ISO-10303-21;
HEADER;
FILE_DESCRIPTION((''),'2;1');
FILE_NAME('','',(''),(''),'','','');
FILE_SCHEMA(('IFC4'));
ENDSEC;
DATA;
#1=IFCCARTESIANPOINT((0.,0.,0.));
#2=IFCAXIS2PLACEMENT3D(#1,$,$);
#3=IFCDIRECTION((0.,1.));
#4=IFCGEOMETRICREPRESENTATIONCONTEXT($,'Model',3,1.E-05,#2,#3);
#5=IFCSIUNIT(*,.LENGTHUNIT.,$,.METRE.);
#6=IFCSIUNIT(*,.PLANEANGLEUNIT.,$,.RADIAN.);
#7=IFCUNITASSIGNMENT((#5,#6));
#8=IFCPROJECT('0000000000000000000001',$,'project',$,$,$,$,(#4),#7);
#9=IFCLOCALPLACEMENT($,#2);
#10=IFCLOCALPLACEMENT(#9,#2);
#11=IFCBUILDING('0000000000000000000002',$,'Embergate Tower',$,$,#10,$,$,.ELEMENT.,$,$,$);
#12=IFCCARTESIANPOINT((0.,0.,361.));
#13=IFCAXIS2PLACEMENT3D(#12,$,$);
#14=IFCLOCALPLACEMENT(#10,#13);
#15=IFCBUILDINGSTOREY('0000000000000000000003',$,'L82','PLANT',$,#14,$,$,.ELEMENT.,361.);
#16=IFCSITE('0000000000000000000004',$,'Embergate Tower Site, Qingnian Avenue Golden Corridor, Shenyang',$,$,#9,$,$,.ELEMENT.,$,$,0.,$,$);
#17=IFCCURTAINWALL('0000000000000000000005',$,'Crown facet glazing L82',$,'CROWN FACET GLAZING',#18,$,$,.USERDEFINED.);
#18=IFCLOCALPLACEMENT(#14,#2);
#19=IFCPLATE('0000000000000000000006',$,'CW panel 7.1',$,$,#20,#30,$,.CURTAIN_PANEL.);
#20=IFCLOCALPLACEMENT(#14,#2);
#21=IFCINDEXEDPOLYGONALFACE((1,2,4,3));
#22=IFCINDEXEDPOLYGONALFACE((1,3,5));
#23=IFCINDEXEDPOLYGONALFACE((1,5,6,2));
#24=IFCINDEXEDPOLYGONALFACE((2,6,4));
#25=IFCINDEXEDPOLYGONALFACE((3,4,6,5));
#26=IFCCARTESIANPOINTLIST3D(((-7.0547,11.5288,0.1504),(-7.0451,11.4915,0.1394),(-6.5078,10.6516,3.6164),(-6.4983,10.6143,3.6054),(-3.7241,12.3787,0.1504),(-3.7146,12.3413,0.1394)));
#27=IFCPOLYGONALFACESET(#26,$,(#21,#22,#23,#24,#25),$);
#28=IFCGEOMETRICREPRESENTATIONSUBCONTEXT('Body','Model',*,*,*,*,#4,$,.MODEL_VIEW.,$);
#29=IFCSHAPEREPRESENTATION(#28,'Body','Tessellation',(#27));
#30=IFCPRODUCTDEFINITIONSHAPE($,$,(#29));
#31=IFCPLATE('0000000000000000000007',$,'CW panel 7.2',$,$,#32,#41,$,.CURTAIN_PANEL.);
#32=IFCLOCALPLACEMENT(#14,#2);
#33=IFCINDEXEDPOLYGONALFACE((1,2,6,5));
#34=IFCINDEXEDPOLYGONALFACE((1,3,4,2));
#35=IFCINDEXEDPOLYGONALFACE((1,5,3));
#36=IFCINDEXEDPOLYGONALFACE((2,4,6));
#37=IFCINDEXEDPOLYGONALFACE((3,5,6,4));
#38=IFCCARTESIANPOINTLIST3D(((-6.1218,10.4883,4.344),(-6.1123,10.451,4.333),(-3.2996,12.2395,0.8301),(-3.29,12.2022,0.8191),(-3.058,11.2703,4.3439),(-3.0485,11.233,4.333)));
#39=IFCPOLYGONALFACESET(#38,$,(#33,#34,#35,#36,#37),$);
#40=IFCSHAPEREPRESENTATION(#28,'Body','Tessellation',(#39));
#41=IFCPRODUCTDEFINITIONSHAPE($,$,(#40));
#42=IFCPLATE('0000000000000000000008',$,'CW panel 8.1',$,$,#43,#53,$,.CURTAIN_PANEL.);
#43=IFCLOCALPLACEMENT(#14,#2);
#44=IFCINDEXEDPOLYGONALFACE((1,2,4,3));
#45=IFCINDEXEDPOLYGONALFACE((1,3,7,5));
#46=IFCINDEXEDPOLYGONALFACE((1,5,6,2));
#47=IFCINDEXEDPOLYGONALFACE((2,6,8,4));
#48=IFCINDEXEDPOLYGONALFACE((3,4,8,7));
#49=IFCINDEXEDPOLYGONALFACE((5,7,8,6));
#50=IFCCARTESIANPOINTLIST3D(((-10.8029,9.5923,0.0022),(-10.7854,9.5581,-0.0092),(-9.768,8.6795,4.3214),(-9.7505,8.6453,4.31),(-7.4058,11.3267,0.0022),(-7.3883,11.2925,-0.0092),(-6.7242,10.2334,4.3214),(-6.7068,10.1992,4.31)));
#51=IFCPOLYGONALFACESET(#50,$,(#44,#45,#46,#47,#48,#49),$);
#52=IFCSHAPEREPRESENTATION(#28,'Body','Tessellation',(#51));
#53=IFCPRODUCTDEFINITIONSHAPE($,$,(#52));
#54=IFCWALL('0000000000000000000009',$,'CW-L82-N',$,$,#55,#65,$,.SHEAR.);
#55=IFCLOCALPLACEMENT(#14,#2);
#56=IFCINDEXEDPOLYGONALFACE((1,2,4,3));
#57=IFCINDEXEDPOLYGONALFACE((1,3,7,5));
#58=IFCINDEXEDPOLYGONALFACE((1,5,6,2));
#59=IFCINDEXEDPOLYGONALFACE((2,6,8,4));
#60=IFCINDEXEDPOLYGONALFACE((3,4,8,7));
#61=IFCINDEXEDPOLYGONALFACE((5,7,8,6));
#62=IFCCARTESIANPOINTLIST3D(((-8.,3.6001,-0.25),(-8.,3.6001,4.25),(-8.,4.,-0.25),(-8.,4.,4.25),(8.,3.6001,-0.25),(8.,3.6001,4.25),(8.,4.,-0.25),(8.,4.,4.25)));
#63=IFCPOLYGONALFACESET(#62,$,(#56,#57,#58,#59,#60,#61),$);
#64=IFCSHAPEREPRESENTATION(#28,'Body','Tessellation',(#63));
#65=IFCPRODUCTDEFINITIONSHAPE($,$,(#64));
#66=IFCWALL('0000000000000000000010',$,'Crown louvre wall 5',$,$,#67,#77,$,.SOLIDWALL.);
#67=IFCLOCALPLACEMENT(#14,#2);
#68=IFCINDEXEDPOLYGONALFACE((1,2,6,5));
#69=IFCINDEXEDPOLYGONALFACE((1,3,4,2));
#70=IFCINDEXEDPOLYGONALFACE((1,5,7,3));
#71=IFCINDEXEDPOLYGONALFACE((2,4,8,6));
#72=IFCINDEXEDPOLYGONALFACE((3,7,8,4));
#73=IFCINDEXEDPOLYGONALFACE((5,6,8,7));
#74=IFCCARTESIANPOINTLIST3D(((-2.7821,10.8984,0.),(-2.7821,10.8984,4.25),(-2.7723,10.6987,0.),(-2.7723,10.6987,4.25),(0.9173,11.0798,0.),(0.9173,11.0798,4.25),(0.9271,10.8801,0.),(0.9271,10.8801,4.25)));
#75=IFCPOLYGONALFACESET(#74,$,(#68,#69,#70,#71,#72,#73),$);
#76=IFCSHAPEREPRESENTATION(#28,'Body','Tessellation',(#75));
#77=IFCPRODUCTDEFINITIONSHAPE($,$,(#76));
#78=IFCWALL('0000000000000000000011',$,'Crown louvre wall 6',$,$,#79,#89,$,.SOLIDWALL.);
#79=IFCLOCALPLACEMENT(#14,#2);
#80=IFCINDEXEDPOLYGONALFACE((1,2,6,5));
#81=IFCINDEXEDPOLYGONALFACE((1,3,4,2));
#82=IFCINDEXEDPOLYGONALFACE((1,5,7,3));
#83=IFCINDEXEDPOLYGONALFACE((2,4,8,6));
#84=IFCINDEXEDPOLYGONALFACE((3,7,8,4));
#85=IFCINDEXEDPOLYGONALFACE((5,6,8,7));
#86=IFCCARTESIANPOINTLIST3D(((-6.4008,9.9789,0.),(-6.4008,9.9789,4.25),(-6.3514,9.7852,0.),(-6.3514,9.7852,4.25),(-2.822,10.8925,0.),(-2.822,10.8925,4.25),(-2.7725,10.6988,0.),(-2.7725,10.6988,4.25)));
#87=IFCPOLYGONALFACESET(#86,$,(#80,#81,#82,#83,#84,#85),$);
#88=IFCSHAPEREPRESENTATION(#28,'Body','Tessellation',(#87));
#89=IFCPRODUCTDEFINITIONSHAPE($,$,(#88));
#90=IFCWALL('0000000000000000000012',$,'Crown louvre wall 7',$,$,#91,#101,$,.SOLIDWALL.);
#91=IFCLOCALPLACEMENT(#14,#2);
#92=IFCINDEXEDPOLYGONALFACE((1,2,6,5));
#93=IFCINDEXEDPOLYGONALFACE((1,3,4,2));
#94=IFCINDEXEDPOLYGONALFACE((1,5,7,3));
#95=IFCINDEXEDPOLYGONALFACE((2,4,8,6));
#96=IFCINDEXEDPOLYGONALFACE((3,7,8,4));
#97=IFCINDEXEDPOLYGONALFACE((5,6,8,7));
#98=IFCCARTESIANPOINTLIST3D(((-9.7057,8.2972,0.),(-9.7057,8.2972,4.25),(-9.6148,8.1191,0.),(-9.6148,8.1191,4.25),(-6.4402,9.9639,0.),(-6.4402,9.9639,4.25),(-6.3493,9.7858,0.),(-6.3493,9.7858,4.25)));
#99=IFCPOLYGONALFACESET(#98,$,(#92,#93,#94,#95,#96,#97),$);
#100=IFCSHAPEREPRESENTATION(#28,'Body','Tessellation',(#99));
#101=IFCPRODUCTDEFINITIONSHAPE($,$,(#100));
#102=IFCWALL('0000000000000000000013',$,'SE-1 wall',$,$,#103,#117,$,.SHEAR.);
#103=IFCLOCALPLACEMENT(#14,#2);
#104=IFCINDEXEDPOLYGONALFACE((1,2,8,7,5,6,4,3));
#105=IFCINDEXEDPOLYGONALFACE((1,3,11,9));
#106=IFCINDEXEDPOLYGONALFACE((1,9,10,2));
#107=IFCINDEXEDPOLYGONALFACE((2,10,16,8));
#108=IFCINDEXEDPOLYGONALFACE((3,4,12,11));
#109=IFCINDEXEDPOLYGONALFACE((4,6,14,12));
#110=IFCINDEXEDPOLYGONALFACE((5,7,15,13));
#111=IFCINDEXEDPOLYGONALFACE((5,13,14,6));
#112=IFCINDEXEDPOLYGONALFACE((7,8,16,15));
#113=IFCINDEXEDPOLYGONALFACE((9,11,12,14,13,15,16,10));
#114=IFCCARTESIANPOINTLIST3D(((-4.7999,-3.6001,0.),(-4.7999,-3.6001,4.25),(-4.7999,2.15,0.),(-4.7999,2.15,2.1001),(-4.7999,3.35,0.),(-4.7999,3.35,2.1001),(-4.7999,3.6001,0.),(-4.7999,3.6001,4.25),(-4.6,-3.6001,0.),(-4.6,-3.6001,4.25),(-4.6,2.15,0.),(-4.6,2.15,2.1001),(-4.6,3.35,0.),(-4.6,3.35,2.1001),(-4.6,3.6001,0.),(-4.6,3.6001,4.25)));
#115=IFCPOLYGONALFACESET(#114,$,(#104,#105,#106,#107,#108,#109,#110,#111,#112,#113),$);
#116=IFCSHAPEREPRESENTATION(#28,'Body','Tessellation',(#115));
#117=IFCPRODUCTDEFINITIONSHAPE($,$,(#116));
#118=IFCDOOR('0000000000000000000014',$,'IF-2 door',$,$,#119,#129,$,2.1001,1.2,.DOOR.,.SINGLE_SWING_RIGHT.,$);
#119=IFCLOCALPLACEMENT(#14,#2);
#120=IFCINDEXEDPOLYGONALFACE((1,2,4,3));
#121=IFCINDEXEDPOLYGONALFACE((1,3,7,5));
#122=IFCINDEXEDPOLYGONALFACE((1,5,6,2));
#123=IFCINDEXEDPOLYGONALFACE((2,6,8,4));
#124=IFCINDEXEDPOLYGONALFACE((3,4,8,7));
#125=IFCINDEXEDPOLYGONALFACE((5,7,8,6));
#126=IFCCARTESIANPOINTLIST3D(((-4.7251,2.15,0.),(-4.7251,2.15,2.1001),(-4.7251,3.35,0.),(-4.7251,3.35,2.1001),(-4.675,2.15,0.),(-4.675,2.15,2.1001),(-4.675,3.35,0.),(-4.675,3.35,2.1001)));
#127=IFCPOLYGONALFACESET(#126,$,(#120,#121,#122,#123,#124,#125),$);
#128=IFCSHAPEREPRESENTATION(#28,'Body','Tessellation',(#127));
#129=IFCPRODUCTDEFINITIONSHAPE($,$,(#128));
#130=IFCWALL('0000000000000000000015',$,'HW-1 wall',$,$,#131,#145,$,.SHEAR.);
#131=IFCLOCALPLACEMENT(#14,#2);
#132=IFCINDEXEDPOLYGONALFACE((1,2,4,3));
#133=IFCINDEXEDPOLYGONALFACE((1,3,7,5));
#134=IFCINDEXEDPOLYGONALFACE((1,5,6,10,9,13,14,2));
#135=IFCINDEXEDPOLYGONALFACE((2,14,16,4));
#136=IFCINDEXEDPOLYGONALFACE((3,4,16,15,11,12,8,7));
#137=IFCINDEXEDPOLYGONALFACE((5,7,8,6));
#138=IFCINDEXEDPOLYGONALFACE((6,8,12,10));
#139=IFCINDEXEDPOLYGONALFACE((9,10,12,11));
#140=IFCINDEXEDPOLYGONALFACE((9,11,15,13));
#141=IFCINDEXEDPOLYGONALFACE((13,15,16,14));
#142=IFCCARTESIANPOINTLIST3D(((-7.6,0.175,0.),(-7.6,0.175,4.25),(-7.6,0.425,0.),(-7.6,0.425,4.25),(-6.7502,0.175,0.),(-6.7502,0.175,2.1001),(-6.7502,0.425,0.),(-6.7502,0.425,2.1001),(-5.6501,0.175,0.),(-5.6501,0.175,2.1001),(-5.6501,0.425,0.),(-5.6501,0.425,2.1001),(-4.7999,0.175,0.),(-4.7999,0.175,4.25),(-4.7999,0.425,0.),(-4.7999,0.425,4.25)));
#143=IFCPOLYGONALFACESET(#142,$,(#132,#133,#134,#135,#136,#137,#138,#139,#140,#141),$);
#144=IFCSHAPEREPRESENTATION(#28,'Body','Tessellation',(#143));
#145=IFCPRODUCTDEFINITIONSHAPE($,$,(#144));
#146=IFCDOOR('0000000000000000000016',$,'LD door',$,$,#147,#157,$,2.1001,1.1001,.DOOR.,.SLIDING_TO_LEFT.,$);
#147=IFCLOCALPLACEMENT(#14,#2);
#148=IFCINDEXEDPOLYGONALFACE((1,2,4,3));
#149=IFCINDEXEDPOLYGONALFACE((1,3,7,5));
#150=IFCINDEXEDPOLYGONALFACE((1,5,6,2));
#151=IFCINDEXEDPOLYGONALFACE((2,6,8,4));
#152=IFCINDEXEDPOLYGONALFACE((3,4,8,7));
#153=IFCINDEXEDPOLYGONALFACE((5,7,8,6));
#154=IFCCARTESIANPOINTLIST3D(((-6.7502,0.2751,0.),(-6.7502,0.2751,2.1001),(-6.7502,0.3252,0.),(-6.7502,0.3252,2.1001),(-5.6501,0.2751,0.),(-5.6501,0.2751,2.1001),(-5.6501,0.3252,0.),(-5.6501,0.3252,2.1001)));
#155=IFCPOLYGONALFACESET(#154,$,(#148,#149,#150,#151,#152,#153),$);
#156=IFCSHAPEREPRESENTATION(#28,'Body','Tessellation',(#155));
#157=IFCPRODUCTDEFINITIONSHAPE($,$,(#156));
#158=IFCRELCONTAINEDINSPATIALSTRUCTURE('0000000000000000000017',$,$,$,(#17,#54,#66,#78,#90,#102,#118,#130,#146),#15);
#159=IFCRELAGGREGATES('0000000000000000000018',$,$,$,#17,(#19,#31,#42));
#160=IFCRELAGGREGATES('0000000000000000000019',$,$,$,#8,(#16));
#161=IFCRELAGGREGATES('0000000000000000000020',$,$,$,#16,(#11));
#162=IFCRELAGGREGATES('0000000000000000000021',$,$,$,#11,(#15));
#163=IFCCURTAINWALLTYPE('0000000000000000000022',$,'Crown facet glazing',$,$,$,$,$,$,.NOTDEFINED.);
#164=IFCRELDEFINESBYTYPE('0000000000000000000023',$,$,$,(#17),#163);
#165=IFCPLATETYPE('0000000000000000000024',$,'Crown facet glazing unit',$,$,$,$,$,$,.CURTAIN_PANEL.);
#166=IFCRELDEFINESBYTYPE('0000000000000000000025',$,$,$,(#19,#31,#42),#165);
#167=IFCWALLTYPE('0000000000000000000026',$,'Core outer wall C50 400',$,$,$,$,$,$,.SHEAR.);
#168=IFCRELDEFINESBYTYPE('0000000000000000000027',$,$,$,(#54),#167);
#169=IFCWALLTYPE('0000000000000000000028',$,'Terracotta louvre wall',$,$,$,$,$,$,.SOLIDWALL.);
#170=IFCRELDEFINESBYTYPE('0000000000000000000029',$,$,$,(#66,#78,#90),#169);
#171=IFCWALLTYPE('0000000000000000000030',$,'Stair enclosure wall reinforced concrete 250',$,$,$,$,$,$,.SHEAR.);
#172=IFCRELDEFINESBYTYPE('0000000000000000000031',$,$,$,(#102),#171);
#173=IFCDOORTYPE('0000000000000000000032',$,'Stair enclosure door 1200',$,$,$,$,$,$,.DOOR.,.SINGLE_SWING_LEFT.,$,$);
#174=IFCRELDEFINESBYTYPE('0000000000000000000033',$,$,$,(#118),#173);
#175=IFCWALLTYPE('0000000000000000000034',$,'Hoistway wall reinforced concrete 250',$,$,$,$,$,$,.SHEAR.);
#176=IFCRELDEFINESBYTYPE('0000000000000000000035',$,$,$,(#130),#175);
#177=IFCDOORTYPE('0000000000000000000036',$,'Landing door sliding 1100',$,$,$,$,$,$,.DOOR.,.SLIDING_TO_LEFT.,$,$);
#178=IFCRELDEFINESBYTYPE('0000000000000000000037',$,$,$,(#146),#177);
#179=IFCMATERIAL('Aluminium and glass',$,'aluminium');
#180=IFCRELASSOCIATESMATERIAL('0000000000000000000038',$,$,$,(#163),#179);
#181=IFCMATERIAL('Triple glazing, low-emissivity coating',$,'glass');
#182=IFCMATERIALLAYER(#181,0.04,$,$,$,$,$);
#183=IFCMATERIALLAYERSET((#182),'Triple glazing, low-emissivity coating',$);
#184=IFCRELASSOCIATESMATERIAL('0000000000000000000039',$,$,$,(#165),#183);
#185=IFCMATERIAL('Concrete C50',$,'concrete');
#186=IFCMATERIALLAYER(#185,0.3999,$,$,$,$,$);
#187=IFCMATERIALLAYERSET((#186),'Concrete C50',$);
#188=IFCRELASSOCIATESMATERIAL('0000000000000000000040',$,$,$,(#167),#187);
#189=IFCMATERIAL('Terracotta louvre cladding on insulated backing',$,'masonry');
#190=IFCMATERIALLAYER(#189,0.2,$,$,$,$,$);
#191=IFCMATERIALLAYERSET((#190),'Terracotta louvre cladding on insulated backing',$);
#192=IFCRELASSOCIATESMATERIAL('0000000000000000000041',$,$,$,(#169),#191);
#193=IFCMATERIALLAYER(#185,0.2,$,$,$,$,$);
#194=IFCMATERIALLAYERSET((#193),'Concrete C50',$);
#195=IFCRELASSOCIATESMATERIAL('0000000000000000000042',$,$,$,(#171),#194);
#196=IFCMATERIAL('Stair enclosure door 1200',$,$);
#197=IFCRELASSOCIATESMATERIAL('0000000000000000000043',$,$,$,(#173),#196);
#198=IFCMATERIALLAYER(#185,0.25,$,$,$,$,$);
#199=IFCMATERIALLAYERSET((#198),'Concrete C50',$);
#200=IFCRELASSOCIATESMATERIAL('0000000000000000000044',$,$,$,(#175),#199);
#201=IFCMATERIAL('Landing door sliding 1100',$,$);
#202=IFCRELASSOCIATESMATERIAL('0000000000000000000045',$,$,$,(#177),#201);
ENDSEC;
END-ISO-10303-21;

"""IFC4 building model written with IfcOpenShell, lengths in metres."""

from ifc_helpers import new_model, si_unit, direction, frame, frame_2d, origin, place, context, subcontext, project, spatial, polyline, rectangle, outline, extrude, source, transform, mapped, material, layer, layer_set, type_object, element, fill, aggregate, save


model = new_model("IFC4")

# Units and contexts
model_context = context("Model", 3, precision=1e-05, world=origin(), true_north=direction((0.0, 1.0)))
body_context = subcontext(model_context, "Body", "Model", "MODEL_VIEW")
ifc_project = project(units=[si_unit("LENGTHUNIT", "METRE"), si_unit("PLANEANGLEUNIT", "RADIAN")], contexts=[model_context])

# Site, building, storey
site_placement = place(None, origin())
site = spatial("IfcSite", under=ifc_project, at=site_placement, Name="Embergate Tower Site, Qingnian Avenue Golden Corridor, Shenyang", CompositionType="ELEMENT", RefElevation=0.0)
building_placement = place(site_placement, origin())
building = spatial("IfcBuilding", under=site, at=building_placement, Name="Embergate Tower", CompositionType="ELEMENT")
storey_placement = place(building_placement, frame((0.0, 0.0, 361.0)))
storey = spatial("IfcBuildingStorey", under=building, at=storey_placement, Name="L82", Description="PLANT", CompositionType="ELEMENT", Elevation=361.0)

# Curtain wall, plates
ifc_material_1 = material(Name="Aluminium and glass", Category="aluminium")
curtain_wall_type = type_object("IfcCurtainWallType", Name="Crown facet glazing", PredefinedType="NOTDEFINED", material=ifc_material_1)
curtain_wall_placement = place(storey_placement, origin())
curtain_wall = element("IfcCurtainWall", 1, at=curtain_wall_placement, inside=storey, type_object=curtain_wall_type, Name="Crown facet glazing L82", ObjectType="CROWN FACET GLAZING", PredefinedType="USERDEFINED")
ifc_material_2 = material(Name="Triple glazing, low-emissivity coating", Category="glass")
ifc_layer_1 = layer(ifc_material_2, 0.04)
ifc_layer_set_1 = layer_set([ifc_layer_1], Name="Triple glazing, low-emissivity coating")
plate_type = type_object("IfcPlateType", Name="Crown facet glazing unit", PredefinedType="CURTAIN_PANEL", material=ifc_layer_set_1)
shared_shape_1 = source(origin(), body_context, "Body", "SweptSolid", [
    extrude(outline(polyline([(0.0, 0.0), (3.4373, 0.0), (3.1243, 3.6033), (0.0, 0.0)])), origin(), (0.0, 0.0, -1.0), 0.04),
])
plate_1_placement = place(storey_placement, frame((-3.7241, 12.3787, 0.1504), z_axis=(-0.237825, 0.932035, 0.273405), x_axis=(-0.968953, -0.247246, 0.0)))
plate_1 = element("IfcPlate", 2, at=plate_1_placement, type_object=plate_type, Name="CW panel 7.1", PredefinedType="CURTAIN_PANEL", context=body_context, shape_type="MappedRepresentation", body=[
    mapped(shared_shape_1, transform((0.0, 0.0, 0.0))),
])
shared_shape_2 = source(origin(), body_context, "Body", "SweptSolid", [
    extrude(outline(polyline([(0.0, 0.0), (4.8352, 0.0), (2.7637, 2.3889), (0.0, 0.0)])), origin(), (0.0, 0.0, -1.0), 0.04),
])
plate_2_placement = place(storey_placement, frame((-3.2996, 12.2395, 0.8301), z_axis=(-0.237887, 0.932014, 0.273422), x_axis=(-0.583687, -0.362179, 0.72673)))
plate_2 = element("IfcPlate", 3, at=plate_2_placement, type_object=plate_type, Name="CW panel 7.2", PredefinedType="CURTAIN_PANEL", context=body_context, shape_type="MappedRepresentation", body=[
    mapped(shared_shape_2, transform((0.0, 0.0, 0.0))),
])
shared_shape_3 = source(origin(), body_context, "Body", "SweptSolid", [
    extrude(outline(polyline([(0.0, 0.0), (3.8142, 0.0), (3.3076, 4.5059), (-0.1099, 4.5059), (0.0, 0.0)])), origin(), (0.0, 0.0, -1.0), 0.04),
])
plate_3_placement = place(storey_placement, frame((-7.4058, 11.3267, 0.0022), z_axis=(-0.435866, 0.853739, 0.284871), x_axis=(-0.890641, -0.454708, 0.000006)))
plate_3 = element("IfcPlate", 4, at=plate_3_placement, type_object=plate_type, Name="CW panel 8.1", PredefinedType="CURTAIN_PANEL", context=body_context, shape_type="MappedRepresentation", body=[
    mapped(shared_shape_3, transform((0.0, 0.0, 0.0))),
])
aggregate(curtain_wall, [plate_1, plate_2, plate_3])

# Walls
ifc_material_3 = material(Name="Concrete C50", Category="concrete")
ifc_layer_2 = layer(ifc_material_3, 0.3999)
ifc_layer_set_2 = layer_set([ifc_layer_2], Name="Concrete C50")
wall_type_1 = type_object("IfcWallType", Name="Core outer wall C50 400", PredefinedType="SHEAR", material=ifc_layer_set_2)
shared_shape_4 = source(origin(), body_context, "Body", "SweptSolid", [
    extrude(rectangle(XDim=16.0, YDim=0.3999, at=frame_2d((8.0, 0.0))), origin(), (0.0, 0.0, 1.0), 4.5),
])
wall_1_placement = place(storey_placement, frame((-8.0, 3.8, -0.25), z_axis=(0.0, 0.0, 1.0), x_axis=(1.0, 0.0, 0.0)))
element("IfcWall", 5, at=wall_1_placement, inside=storey, type_object=wall_type_1, Name="CW-L82-N", PredefinedType="SHEAR", context=body_context, shape_type="MappedRepresentation", body=[
    mapped(shared_shape_4, transform((0.0, 0.0, 0.0))),
])
ifc_material_4 = material(Name="Terracotta louvre cladding on insulated backing", Category="masonry")
ifc_layer_3 = layer(ifc_material_4, 0.2)
ifc_layer_set_3 = layer_set([ifc_layer_3], Name="Terracotta louvre cladding on insulated backing")
wall_type_2 = type_object("IfcWallType", Name="Terracotta louvre wall", PredefinedType="SOLIDWALL", material=ifc_layer_set_3)
shared_shape_5 = source(origin(), body_context, "Body", "SweptSolid", [
    extrude(rectangle(XDim=3.7039, YDim=0.2, at=frame_2d((1.8521, 0.0))), origin(), (0.0, 0.0, 1.0), 4.25),
])
wall_2_placement = place(storey_placement, frame((-2.7773, 10.7986, 0.0), z_axis=(0.0, 0.0, 1.0), x_axis=(0.9988, 0.048974, 0.0)))
element("IfcWall", 6, at=wall_2_placement, inside=storey, type_object=wall_type_2, Name="Crown louvre wall 5", PredefinedType="SOLIDWALL", context=body_context, shape_type="MappedRepresentation", body=[
    mapped(shared_shape_5, transform((0.0, 0.0, 0.0))),
])
shared_shape_6 = source(origin(), body_context, "Body", "SweptSolid", [
    extrude(rectangle(XDim=3.6936, YDim=0.2, at=frame_2d((1.8467, 0.0))), origin(), (0.0, 0.0, 1.0), 4.25),
])
wall_3_placement = place(storey_placement, frame((-6.376, 9.8821, 0.0), z_axis=(0.0, 0.0, 1.0), x_axis=(0.968929, 0.247338, 0.0)))
element("IfcWall", 7, at=wall_3_placement, inside=storey, type_object=wall_type_2, Name="Crown louvre wall 6", PredefinedType="SOLIDWALL", context=body_context, shape_type="MappedRepresentation", body=[
    mapped(shared_shape_6, transform((0.0, 0.0, 0.0))),
])
shared_shape_7 = source(origin(), body_context, "Body", "SweptSolid", [
    extrude(rectangle(XDim=3.6663, YDim=0.2, at=frame_2d((1.833, 0.0))), origin(), (0.0, 0.0, 1.0), 4.25),
])
wall_4_placement = place(storey_placement, frame((-9.6602, 8.2083, 0.0), z_axis=(0.0, 0.0, 1.0), x_axis=(0.890694, 0.454603, 0.0)))
element("IfcWall", 8, at=wall_4_placement, inside=storey, type_object=wall_type_2, Name="Crown louvre wall 7", PredefinedType="SOLIDWALL", context=body_context, shape_type="MappedRepresentation", body=[
    mapped(shared_shape_7, transform((0.0, 0.0, 0.0))),
])

# Walls, openings, doors
ifc_layer_4 = layer(ifc_material_3, 0.2)
ifc_layer_set_4 = layer_set([ifc_layer_4], Name="Concrete C50")
wall_type_3 = type_object("IfcWallType", Name="Stair enclosure wall reinforced concrete 250", PredefinedType="SHEAR", material=ifc_layer_set_4)
shared_shape_8 = source(origin(), body_context, "Body", "SweptSolid", [
    extrude(rectangle(XDim=7.2002, YDim=0.2, at=frame_2d((3.6001, 0.0))), origin(), (0.0, 0.0, 1.0), 4.25),
])
wall_5_placement = place(storey_placement, frame((-4.7, 3.6001, 0.0), z_axis=(0.0, 0.0, 1.0), x_axis=(0.0, -1.0, 0.0)))
wall_5 = element("IfcWall", 9, at=wall_5_placement, inside=storey, type_object=wall_type_3, Name="SE-1 wall", PredefinedType="SHEAR", context=body_context, shape_type="MappedRepresentation", body=[
    mapped(shared_shape_8, transform((0.0, 0.0, 0.0))),
])
shared_shape_9 = source(origin(), body_context, "Body", "SweptSolid", [
    extrude(rectangle(XDim=1.2, YDim=2.1001, at=frame_2d((0.6001, 1.05))), frame((0.0, 0.1099, 0.0), z_axis=(0.0, -1.0, 0.0), x_axis=(1.0, 0.0, 0.0)), (0.0, 0.0, 1.0), 0.22),
])
opening_1_placement = place(wall_5_placement, frame((0.25, 0.0, 0.0)))
opening_1 = element("IfcOpeningElement", 10, at=opening_1_placement, cuts=wall_5, PredefinedType="OPENING", context=body_context, shape_type="MappedRepresentation", body=[
    mapped(shared_shape_9, transform((0.0, 0.0, 0.0))),
])
ifc_material_5 = material(Name="Stair enclosure door 1200")
door_type_1 = type_object("IfcDoorType", Name="Stair enclosure door 1200", OperationType="SINGLE_SWING_LEFT", PredefinedType="DOOR", material=ifc_material_5)
shared_shape_10 = source(origin(), body_context, "Body", "SweptSolid", [
    extrude(rectangle(XDim=1.2, YDim=2.1001, at=frame_2d((0.6001, 1.05))), frame((0.0, 0.0249, 0.0), z_axis=(0.0, -1.0, 0.0), x_axis=(1.0, 0.0, 0.0)), (0.0, 0.0, 1.0), 0.05),
])
door_1_placement = place(opening_1_placement, origin())
door_1 = element("IfcDoor", 11, at=door_1_placement, inside=storey, type_object=door_type_1, Name="IF-2 door", OperationType="SINGLE_SWING_RIGHT", OverallHeight=2.1001, OverallWidth=1.2, PredefinedType="DOOR", context=body_context, shape_type="MappedRepresentation", body=[
    mapped(shared_shape_10, transform((0.0, 0.0, 0.0))),
])
fill(opening_1, door_1)
ifc_layer_5 = layer(ifc_material_3, 0.25)
ifc_layer_set_5 = layer_set([ifc_layer_5], Name="Concrete C50")
wall_type_4 = type_object("IfcWallType", Name="Hoistway wall reinforced concrete 250", PredefinedType="SHEAR", material=ifc_layer_set_5)
shared_shape_11 = source(origin(), body_context, "Body", "SweptSolid", [
    extrude(rectangle(XDim=2.8, YDim=0.25, at=frame_2d((1.3999, 0.0))), origin(), (0.0, 0.0, 1.0), 4.25),
])
wall_6_placement = place(storey_placement, frame((-4.8, 0.3, 0.0), z_axis=(0.0, 0.0, 1.0), x_axis=(-1.0, 0.0, 0.0)))
wall_6 = element("IfcWall", 12, at=wall_6_placement, inside=storey, type_object=wall_type_4, Name="HW-1 wall", PredefinedType="SHEAR", context=body_context, shape_type="MappedRepresentation", body=[
    mapped(shared_shape_11, transform((0.0, 0.0, 0.0))),
])
shared_shape_12 = source(origin(), body_context, "Body", "SweptSolid", [
    extrude(rectangle(XDim=1.1001, YDim=2.1001, at=frame_2d((0.55, 1.05))), frame((0.0, 0.135, 0.0), z_axis=(0.0, -1.0, 0.0), x_axis=(1.0, 0.0, 0.0)), (0.0, 0.0, 1.0), 0.27),
])
opening_2_placement = place(wall_6_placement, frame((0.8501, 0.0, 0.0)))
opening_2 = element("IfcOpeningElement", 13, at=opening_2_placement, cuts=wall_6, PredefinedType="OPENING", context=body_context, shape_type="MappedRepresentation", body=[
    mapped(shared_shape_12, transform((0.0, 0.0, 0.0))),
])
ifc_material_6 = material(Name="Landing door sliding 1100")
door_type_2 = type_object("IfcDoorType", Name="Landing door sliding 1100", OperationType="SLIDING_TO_LEFT", PredefinedType="DOOR", material=ifc_material_6)
shared_shape_13 = source(origin(), body_context, "Body", "SweptSolid", [
    extrude(rectangle(XDim=1.1001, YDim=2.1001, at=frame_2d((0.55, 1.05))), frame((0.0, 0.0249, 0.0), z_axis=(0.0, -1.0, 0.0), x_axis=(1.0, 0.0, 0.0)), (0.0, 0.0, 1.0), 0.05),
])
door_2_placement = place(opening_2_placement, origin())
door_2 = element("IfcDoor", 14, at=door_2_placement, inside=storey, type_object=door_type_2, Name="LD door", OperationType="SLIDING_TO_LEFT", OverallHeight=2.1001, OverallWidth=1.1001, PredefinedType="DOOR", context=body_context, shape_type="MappedRepresentation", body=[
    mapped(shared_shape_13, transform((0.0, 0.0, 0.0))),
])
fill(opening_2, door_2)

save(model, "model.ifc")
